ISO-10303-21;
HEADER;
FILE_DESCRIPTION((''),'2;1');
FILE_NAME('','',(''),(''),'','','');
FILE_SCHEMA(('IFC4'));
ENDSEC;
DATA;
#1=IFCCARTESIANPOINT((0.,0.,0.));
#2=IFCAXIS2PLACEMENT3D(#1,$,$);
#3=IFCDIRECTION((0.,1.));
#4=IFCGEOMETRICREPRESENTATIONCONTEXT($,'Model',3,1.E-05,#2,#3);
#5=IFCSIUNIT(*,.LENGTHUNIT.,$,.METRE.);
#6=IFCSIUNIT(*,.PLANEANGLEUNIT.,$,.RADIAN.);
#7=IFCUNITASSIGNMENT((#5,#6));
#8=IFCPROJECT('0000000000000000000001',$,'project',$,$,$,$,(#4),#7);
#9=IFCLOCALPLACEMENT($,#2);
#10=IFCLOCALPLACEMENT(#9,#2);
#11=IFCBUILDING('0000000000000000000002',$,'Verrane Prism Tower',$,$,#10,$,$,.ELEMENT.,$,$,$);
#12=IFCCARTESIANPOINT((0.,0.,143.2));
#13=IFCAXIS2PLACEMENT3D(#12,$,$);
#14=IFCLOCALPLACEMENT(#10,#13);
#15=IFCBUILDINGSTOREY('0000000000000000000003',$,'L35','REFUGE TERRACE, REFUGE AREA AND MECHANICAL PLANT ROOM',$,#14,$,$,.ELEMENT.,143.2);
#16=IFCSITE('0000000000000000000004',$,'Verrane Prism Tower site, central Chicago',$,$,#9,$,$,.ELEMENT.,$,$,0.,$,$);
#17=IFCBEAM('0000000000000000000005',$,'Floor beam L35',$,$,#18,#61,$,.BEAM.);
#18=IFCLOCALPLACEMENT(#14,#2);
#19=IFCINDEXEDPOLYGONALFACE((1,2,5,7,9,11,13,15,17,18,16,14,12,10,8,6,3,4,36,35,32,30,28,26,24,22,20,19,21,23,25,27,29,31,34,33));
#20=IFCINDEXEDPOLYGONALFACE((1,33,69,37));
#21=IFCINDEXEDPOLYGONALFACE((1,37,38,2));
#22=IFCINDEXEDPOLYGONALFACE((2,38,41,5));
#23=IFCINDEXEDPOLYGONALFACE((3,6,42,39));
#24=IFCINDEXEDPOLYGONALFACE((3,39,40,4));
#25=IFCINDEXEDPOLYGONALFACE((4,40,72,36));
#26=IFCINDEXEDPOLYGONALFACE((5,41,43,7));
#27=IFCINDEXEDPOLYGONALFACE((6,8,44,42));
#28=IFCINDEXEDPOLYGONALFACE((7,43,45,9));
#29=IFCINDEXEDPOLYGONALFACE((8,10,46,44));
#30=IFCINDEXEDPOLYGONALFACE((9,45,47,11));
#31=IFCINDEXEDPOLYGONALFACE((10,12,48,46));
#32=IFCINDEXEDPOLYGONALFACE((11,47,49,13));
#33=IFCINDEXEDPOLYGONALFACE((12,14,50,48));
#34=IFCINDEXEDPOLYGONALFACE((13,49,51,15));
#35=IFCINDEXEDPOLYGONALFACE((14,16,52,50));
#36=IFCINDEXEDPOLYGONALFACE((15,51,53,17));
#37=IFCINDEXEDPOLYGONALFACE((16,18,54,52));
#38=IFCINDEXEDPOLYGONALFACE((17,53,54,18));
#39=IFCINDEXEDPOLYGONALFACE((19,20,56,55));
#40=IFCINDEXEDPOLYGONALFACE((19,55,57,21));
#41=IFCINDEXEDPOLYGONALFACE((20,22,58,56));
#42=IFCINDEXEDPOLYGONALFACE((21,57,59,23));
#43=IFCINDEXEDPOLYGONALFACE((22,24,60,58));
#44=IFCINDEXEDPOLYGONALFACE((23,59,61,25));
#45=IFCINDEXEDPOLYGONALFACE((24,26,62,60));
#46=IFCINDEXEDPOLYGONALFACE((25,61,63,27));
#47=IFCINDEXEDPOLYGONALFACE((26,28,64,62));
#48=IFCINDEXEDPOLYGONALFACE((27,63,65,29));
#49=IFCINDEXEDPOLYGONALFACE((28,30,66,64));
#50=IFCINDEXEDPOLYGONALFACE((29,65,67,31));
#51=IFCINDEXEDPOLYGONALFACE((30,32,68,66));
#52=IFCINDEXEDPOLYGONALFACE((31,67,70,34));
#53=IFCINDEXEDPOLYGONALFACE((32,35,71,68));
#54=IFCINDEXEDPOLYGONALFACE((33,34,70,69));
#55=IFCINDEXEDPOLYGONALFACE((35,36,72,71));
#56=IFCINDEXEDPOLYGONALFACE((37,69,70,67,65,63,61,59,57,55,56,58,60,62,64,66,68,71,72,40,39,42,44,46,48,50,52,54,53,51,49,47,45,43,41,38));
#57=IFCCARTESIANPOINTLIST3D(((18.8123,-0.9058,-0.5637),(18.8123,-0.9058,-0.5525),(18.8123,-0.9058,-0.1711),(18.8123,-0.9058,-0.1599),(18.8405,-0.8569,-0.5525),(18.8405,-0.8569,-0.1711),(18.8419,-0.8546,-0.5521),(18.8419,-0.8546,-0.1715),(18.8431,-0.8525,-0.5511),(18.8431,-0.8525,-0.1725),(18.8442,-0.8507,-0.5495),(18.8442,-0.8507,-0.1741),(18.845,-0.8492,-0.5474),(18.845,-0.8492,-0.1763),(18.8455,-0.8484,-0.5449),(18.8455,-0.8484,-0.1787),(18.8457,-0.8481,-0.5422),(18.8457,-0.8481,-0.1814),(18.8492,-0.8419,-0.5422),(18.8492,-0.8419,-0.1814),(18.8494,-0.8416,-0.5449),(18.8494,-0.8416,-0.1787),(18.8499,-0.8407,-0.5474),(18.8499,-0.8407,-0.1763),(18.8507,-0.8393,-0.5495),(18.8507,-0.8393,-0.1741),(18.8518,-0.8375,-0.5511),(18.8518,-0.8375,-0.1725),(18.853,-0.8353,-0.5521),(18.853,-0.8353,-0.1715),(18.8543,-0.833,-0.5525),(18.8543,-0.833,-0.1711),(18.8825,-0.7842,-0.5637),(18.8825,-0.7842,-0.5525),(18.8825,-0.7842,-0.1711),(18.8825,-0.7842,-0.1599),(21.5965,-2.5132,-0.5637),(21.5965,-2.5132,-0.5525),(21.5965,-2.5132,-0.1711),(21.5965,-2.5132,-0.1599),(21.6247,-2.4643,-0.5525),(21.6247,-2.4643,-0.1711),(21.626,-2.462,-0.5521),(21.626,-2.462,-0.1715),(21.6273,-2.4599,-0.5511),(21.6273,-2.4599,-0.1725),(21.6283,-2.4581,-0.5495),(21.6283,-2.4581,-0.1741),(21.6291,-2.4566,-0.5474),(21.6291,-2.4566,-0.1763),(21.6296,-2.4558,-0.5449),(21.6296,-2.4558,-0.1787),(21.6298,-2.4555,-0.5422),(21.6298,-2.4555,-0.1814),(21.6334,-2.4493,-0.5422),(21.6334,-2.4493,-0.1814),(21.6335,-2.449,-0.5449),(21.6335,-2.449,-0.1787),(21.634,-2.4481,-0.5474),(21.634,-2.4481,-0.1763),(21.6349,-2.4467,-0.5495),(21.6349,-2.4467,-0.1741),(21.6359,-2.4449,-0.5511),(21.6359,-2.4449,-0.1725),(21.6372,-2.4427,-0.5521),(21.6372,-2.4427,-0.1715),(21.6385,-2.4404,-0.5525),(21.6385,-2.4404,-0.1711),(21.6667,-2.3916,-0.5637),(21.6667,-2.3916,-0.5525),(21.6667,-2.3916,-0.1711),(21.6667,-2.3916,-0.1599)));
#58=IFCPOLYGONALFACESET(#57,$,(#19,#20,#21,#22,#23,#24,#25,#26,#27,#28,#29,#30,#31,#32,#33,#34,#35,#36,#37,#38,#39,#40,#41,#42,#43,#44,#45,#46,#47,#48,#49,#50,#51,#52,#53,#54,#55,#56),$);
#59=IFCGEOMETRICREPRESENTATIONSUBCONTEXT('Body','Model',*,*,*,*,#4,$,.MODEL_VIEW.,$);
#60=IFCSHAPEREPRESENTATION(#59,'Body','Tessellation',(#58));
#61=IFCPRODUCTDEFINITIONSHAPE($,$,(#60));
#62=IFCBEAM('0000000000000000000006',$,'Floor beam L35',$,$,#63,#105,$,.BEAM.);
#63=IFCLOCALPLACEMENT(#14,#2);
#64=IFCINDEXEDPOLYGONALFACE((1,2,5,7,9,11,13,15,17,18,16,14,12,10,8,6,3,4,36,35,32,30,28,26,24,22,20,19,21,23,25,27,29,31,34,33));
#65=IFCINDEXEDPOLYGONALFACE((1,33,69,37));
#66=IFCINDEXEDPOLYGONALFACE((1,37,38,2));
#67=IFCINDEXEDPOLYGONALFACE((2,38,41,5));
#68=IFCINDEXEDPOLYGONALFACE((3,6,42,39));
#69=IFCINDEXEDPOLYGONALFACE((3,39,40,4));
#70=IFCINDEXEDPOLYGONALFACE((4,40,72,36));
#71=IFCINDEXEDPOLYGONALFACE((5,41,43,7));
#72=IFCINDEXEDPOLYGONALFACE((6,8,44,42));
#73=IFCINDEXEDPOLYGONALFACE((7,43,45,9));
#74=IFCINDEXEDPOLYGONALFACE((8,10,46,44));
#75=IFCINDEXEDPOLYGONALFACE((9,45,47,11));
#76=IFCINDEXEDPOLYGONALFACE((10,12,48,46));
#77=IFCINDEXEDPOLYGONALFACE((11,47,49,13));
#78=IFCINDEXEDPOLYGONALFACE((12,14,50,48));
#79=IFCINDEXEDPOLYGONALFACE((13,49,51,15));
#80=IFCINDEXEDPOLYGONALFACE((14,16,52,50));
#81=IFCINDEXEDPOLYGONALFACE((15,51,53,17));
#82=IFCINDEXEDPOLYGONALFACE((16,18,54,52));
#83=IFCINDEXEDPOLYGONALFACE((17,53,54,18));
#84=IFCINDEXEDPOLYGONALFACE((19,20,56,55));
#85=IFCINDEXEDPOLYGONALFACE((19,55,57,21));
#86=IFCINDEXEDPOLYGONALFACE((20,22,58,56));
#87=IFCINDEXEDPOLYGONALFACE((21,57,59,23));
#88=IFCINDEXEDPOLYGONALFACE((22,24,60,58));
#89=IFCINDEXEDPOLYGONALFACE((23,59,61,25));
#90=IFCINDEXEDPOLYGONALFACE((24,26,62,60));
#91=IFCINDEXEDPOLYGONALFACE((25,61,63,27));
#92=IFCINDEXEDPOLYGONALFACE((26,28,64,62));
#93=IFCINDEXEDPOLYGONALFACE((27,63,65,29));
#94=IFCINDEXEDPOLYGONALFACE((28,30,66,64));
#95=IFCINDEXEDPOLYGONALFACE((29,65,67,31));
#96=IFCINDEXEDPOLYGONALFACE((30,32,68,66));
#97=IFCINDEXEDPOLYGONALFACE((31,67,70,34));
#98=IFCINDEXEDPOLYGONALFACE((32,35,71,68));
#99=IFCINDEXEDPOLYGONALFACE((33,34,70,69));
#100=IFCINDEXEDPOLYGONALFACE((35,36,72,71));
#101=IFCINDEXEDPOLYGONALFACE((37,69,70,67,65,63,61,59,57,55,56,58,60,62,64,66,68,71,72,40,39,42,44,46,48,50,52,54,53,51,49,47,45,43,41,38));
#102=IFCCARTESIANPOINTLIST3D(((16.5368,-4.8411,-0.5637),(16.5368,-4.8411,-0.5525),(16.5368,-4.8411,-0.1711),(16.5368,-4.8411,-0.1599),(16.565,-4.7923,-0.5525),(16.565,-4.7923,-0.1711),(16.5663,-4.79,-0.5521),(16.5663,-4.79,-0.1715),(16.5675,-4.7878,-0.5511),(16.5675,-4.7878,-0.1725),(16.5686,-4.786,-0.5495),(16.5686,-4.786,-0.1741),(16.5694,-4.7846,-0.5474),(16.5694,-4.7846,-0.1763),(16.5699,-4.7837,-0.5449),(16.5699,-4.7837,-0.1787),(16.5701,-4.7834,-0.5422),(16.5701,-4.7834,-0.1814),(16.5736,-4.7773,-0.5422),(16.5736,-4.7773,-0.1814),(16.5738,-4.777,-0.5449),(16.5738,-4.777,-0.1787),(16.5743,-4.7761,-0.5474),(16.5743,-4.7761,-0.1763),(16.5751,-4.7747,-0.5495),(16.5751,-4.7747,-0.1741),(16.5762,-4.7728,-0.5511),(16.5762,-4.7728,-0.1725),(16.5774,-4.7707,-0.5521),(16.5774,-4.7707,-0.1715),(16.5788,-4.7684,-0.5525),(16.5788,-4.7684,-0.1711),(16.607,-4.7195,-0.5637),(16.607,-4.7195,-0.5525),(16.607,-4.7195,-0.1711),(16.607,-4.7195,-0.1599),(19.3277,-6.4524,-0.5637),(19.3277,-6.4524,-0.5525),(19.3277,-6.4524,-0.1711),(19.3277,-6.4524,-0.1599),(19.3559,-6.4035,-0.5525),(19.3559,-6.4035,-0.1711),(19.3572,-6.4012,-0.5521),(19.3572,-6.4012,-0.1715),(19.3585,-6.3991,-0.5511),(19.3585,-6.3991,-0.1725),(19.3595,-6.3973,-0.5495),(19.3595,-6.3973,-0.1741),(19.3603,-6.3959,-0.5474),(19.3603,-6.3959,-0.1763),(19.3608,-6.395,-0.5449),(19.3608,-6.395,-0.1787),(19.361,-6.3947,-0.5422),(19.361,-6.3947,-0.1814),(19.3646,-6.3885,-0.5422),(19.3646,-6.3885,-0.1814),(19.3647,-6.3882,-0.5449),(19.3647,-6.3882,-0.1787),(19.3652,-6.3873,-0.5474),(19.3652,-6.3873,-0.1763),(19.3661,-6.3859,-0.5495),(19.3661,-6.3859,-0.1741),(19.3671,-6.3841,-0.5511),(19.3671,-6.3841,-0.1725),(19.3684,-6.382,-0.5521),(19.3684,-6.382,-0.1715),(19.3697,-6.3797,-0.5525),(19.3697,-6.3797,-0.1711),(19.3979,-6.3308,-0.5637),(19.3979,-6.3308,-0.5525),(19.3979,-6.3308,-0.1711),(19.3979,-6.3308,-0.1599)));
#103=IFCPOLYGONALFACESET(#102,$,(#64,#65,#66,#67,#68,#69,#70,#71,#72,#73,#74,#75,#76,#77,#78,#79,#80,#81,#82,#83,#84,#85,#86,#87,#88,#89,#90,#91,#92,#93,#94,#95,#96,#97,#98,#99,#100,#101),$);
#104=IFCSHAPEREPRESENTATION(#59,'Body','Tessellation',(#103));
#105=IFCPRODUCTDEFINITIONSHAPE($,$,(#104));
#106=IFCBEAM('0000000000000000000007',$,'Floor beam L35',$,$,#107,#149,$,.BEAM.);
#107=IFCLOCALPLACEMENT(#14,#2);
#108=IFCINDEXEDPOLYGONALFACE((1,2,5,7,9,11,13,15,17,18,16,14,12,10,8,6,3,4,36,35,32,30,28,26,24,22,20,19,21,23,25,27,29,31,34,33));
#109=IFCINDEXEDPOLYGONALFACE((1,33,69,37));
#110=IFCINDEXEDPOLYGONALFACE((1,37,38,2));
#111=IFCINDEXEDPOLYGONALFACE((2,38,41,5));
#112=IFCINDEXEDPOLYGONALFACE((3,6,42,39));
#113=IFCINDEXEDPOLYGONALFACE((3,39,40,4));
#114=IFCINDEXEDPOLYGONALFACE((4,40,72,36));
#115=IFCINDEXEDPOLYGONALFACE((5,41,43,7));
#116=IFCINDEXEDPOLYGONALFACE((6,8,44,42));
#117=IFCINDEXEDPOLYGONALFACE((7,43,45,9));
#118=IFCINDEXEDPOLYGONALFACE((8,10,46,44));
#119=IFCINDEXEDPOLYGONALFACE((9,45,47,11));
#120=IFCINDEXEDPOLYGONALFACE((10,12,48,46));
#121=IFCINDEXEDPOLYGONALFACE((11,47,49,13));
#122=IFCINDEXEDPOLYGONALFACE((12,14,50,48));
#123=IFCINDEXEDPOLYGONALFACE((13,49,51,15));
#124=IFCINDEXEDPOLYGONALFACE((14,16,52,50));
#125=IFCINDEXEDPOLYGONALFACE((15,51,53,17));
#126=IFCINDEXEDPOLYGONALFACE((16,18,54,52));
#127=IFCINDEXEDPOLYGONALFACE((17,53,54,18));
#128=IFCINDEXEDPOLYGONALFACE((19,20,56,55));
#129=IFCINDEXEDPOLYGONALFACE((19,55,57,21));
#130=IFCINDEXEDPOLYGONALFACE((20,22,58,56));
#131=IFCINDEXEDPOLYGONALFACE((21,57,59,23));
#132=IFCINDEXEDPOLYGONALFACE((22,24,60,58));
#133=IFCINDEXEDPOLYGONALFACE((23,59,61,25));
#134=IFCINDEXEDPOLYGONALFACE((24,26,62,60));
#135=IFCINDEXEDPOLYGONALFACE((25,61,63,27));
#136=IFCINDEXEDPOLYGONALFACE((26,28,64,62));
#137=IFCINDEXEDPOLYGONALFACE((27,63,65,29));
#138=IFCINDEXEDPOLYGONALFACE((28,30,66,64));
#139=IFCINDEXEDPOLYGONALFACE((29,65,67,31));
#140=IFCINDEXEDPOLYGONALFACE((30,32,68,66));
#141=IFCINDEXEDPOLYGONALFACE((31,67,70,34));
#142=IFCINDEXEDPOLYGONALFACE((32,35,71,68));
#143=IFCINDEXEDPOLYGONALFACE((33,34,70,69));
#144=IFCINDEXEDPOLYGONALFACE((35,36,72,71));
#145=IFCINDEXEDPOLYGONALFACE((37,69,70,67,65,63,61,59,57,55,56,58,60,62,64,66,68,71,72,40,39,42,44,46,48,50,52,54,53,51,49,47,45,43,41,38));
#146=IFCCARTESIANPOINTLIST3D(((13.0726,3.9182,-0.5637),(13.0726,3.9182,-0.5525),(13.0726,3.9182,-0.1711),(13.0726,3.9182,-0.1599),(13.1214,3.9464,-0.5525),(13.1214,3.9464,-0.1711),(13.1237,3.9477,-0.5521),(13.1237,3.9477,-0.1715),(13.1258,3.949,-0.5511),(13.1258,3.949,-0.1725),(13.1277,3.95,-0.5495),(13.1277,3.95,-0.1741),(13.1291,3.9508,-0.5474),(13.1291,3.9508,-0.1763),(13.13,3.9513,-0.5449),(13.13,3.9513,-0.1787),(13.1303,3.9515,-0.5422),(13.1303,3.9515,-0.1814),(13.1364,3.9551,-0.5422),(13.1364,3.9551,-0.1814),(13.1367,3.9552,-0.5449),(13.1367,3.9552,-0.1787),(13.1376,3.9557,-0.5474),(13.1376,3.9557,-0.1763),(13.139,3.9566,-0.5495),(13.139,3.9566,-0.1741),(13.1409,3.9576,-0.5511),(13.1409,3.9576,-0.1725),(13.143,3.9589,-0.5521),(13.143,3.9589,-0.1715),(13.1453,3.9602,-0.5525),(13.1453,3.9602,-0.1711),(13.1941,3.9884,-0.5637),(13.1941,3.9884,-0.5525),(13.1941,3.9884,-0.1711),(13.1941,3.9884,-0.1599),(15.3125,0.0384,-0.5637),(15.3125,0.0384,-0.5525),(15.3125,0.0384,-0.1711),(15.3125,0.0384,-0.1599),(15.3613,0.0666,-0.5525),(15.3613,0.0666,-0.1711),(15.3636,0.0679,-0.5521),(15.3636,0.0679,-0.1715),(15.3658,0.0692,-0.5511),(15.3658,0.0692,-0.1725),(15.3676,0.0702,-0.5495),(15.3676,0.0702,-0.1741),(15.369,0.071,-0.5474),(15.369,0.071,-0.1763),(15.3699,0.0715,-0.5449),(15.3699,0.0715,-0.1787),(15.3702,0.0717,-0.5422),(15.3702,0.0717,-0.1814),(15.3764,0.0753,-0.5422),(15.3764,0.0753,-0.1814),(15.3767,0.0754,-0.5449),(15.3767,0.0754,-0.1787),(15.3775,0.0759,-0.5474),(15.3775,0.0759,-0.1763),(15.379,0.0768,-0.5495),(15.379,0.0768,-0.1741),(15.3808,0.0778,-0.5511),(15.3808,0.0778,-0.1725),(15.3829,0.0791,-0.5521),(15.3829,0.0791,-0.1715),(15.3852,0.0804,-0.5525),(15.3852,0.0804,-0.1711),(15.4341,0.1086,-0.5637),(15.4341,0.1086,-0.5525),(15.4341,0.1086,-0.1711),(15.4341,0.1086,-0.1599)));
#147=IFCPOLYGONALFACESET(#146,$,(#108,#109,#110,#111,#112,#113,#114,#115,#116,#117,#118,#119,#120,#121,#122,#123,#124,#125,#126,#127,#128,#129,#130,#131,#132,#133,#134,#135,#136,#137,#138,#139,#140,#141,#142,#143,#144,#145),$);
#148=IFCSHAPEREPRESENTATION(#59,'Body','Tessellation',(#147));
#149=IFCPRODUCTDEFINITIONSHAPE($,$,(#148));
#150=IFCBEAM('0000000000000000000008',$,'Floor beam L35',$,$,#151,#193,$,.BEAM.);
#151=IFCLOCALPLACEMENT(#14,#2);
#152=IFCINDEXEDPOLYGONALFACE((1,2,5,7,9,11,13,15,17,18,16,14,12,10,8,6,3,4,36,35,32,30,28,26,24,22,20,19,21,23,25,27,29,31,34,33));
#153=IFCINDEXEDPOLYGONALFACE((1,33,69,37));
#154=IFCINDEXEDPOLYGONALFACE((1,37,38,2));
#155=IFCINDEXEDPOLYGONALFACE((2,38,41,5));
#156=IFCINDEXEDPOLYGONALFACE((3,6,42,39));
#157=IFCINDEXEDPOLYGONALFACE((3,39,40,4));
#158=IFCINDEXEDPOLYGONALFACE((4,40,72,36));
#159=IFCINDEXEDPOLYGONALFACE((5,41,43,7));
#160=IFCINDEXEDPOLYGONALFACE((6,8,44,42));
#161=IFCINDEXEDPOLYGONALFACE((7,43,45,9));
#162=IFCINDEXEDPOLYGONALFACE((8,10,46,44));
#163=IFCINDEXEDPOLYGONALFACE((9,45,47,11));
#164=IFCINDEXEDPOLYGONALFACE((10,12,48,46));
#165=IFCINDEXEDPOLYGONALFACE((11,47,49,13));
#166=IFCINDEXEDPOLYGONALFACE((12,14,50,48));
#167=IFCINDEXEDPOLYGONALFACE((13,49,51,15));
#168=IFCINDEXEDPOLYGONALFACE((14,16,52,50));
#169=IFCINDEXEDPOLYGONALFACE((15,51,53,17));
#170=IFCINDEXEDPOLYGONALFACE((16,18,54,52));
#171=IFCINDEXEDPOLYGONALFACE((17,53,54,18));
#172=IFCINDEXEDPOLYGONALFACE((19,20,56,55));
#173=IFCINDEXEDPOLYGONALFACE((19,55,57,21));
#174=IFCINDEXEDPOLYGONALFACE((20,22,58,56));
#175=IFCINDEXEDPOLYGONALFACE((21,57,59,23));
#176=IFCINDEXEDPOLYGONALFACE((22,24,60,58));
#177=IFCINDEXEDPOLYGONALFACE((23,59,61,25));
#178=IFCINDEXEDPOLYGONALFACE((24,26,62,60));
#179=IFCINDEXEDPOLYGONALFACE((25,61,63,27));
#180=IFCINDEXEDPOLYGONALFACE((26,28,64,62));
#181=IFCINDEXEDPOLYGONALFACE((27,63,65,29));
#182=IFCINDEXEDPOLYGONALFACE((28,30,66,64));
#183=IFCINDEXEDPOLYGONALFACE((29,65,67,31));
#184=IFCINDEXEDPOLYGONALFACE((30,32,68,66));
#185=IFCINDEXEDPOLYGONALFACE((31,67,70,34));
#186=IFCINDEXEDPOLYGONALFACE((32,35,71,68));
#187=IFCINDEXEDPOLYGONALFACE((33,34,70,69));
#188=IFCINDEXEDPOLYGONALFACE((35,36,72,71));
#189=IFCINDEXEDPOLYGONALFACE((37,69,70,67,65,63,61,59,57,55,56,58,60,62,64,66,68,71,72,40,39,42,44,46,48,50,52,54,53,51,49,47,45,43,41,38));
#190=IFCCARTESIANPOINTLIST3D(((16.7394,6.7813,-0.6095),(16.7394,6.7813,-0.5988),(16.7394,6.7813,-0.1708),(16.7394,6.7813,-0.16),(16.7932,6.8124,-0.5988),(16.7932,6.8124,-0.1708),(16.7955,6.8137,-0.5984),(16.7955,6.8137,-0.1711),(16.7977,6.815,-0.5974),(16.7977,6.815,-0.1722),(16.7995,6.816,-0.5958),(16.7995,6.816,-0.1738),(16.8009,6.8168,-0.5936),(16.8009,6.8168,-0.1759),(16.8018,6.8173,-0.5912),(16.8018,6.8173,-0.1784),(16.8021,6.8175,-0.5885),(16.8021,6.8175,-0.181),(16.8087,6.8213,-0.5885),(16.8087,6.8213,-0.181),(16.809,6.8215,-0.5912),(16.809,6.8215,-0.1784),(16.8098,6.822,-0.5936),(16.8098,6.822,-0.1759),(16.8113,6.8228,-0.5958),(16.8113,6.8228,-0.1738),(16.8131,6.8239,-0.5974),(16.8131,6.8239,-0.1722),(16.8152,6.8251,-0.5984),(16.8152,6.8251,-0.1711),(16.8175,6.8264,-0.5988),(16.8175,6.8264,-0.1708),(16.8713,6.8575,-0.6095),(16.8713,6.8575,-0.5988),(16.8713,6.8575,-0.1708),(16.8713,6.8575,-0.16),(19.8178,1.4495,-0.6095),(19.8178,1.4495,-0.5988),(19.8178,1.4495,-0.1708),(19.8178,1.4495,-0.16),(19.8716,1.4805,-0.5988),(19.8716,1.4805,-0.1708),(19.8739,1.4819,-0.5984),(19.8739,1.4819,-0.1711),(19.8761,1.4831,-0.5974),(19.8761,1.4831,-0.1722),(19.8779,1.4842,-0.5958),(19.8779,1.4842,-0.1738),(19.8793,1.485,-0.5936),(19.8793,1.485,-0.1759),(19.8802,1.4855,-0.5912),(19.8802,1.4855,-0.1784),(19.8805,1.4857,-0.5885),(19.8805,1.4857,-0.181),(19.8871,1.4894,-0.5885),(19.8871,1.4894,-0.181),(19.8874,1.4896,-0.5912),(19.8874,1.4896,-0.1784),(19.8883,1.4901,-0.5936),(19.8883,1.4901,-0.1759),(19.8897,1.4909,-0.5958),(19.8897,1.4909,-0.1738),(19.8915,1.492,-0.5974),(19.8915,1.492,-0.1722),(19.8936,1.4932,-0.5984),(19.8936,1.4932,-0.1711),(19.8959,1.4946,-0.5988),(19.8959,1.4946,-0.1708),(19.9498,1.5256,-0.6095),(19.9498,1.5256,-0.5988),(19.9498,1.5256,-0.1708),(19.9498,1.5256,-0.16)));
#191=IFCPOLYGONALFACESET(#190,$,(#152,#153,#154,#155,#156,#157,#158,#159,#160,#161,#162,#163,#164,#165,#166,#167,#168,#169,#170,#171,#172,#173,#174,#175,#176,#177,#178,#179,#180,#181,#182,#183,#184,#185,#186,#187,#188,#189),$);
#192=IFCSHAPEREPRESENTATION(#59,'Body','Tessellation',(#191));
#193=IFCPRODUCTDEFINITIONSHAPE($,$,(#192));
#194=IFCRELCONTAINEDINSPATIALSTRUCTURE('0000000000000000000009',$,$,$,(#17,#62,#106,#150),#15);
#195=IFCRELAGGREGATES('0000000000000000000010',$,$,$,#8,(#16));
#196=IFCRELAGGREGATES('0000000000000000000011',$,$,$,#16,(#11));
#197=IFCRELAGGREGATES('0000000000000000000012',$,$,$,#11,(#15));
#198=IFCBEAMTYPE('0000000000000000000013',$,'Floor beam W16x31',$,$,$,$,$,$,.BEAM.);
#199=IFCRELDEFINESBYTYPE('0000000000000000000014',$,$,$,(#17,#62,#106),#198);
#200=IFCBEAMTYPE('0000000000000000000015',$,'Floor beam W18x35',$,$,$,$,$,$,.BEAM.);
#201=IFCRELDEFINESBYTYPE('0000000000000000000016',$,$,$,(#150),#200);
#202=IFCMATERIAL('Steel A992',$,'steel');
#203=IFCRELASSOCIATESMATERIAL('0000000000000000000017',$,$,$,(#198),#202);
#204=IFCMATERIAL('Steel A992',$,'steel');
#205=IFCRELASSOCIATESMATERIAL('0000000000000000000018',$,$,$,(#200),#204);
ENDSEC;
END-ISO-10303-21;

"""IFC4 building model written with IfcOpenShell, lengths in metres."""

from ifc_helpers import new_model, si_unit, direction, frame, origin, origin_2d, place, context, subcontext, project, spatial, i_section, extrude, material, material_profile, profile_set, type_object, element, save


model = new_model("IFC4")

# Units and contexts
model_context = context("Model", 3, precision=1e-05, world=origin(), true_north=direction((0.0, 1.0)))
body_context = subcontext(model_context, "Body", "Model", "MODEL_VIEW")
ifc_project = project(units=[si_unit("LENGTHUNIT", "METRE"), si_unit("PLANEANGLEUNIT", "RADIAN")], contexts=[model_context])

# Site, building, storey
site_placement = place(None, origin())
site = spatial("IfcSite", under=ifc_project, at=site_placement, Name="Verrane Prism Tower site, central Chicago", CompositionType="ELEMENT", RefElevation=0.0)
building_placement = place(site_placement, origin())
building = spatial("IfcBuilding", under=site, at=building_placement, Name="Verrane Prism Tower", CompositionType="ELEMENT")
storey_placement = place(building_placement, frame((0.0, 0.0, 143.2)))
storey = spatial("IfcBuildingStorey", under=building, at=storey_placement, Name="L35", Description="REFUGE TERRACE, REFUGE AREA AND MECHANICAL PLANT ROOM", CompositionType="ELEMENT", Elevation=143.2)

# Beams
ifc_material_1 = material(Name="Steel A992", Category="steel")
ifc_material_profile_1 = material_profile(ifc_material_1, i_section(OverallWidth=0.1404, OverallDepth=0.4038, WebThickness=0.0071, FlangeThickness=0.0112, FilletRadius=0.0103, at=origin_2d()), Name="W16x31")
ifc_profile_set_1 = profile_set([ifc_material_profile_1], Name="Steel A992")
beam_type_1 = type_object("IfcBeamType", Name="Floor beam W16x31", PredefinedType="BEAM", material=ifc_profile_set_1)
beam_1_placement = place(storey_placement, frame((21.6316, -2.4524, -0.3618), z_axis=(-0.866029, 0.499994, 0.0), x_axis=(-0.499994, -0.866029, 0.0)))
element("IfcBeam", 1, at=beam_1_placement, inside=storey, type_object=beam_type_1, Name="Floor beam L35", PredefinedType="BEAM", context=body_context, shape_type="SweptSolid", body=[
    extrude(i_section(OverallWidth=0.1404, OverallDepth=0.4038, WebThickness=0.0071, FlangeThickness=0.0112, FilletRadius=0.0103, at=origin_2d()), origin(), (0.0, 0.0, 1.0), 3.2148),
])
beam_2_placement = place(storey_placement, frame((19.3628, -6.3916, -0.3618), z_axis=(-0.866034, 0.499985, 0.0), x_axis=(-0.499985, -0.866034, 0.0)))
element("IfcBeam", 2, at=beam_2_placement, inside=storey, type_object=beam_type_1, Name="Floor beam L35", PredefinedType="BEAM", context=body_context, shape_type="SweptSolid", body=[
    extrude(i_section(OverallWidth=0.1404, OverallDepth=0.4038, WebThickness=0.0071, FlangeThickness=0.0112, FilletRadius=0.0103, at=origin_2d()), origin(), (0.0, 0.0, 1.0), 3.2227),
])
beam_3_placement = place(storey_placement, frame((15.3733, 0.0735, -0.3618), z_axis=(-0.49999, 0.866031, 0.0), x_axis=(-0.866031, -0.49999, 0.0)))
element("IfcBeam", 3, at=beam_3_placement, inside=storey, type_object=beam_type_1, Name="Floor beam L35", PredefinedType="BEAM", context=body_context, shape_type="SweptSolid", body=[
    extrude(i_section(OverallWidth=0.1404, OverallDepth=0.4038, WebThickness=0.0071, FlangeThickness=0.0112, FilletRadius=0.0103, at=origin_2d()), origin(), (0.0, 0.0, 1.0), 4.48),
])
ifc_material_2 = material(Name="Steel A992", Category="steel")
ifc_material_profile_2 = material_profile(ifc_material_2, i_section(OverallWidth=0.1523, OverallDepth=0.4495, WebThickness=0.0076, FlangeThickness=0.0107, FilletRadius=0.0103, at=origin_2d()), Name="W18x35")
ifc_profile_set_2 = profile_set([ifc_material_profile_2], Name="Steel A992")
beam_type_2 = type_object("IfcBeamType", Name="Floor beam W18x35", PredefinedType="BEAM", material=ifc_profile_set_2)
beam_4_placement = place(storey_placement, frame((19.8838, 1.4875, -0.3848), z_axis=(-0.500007, 0.866021, 0.0), x_axis=(-0.866021, -0.500007, 0.0)))
element("IfcBeam", 4, at=beam_4_placement, inside=storey, type_object=beam_type_2, Name="Floor beam L35", PredefinedType="BEAM", context=body_context, shape_type="SweptSolid", body=[
    extrude(i_section(OverallWidth=0.1523, OverallDepth=0.4495, WebThickness=0.0076, FlangeThickness=0.0107, FilletRadius=0.0103, at=origin_2d()), origin(), (0.0, 0.0, 1.0), 6.1567),
])

save(model, "model.ifc")
